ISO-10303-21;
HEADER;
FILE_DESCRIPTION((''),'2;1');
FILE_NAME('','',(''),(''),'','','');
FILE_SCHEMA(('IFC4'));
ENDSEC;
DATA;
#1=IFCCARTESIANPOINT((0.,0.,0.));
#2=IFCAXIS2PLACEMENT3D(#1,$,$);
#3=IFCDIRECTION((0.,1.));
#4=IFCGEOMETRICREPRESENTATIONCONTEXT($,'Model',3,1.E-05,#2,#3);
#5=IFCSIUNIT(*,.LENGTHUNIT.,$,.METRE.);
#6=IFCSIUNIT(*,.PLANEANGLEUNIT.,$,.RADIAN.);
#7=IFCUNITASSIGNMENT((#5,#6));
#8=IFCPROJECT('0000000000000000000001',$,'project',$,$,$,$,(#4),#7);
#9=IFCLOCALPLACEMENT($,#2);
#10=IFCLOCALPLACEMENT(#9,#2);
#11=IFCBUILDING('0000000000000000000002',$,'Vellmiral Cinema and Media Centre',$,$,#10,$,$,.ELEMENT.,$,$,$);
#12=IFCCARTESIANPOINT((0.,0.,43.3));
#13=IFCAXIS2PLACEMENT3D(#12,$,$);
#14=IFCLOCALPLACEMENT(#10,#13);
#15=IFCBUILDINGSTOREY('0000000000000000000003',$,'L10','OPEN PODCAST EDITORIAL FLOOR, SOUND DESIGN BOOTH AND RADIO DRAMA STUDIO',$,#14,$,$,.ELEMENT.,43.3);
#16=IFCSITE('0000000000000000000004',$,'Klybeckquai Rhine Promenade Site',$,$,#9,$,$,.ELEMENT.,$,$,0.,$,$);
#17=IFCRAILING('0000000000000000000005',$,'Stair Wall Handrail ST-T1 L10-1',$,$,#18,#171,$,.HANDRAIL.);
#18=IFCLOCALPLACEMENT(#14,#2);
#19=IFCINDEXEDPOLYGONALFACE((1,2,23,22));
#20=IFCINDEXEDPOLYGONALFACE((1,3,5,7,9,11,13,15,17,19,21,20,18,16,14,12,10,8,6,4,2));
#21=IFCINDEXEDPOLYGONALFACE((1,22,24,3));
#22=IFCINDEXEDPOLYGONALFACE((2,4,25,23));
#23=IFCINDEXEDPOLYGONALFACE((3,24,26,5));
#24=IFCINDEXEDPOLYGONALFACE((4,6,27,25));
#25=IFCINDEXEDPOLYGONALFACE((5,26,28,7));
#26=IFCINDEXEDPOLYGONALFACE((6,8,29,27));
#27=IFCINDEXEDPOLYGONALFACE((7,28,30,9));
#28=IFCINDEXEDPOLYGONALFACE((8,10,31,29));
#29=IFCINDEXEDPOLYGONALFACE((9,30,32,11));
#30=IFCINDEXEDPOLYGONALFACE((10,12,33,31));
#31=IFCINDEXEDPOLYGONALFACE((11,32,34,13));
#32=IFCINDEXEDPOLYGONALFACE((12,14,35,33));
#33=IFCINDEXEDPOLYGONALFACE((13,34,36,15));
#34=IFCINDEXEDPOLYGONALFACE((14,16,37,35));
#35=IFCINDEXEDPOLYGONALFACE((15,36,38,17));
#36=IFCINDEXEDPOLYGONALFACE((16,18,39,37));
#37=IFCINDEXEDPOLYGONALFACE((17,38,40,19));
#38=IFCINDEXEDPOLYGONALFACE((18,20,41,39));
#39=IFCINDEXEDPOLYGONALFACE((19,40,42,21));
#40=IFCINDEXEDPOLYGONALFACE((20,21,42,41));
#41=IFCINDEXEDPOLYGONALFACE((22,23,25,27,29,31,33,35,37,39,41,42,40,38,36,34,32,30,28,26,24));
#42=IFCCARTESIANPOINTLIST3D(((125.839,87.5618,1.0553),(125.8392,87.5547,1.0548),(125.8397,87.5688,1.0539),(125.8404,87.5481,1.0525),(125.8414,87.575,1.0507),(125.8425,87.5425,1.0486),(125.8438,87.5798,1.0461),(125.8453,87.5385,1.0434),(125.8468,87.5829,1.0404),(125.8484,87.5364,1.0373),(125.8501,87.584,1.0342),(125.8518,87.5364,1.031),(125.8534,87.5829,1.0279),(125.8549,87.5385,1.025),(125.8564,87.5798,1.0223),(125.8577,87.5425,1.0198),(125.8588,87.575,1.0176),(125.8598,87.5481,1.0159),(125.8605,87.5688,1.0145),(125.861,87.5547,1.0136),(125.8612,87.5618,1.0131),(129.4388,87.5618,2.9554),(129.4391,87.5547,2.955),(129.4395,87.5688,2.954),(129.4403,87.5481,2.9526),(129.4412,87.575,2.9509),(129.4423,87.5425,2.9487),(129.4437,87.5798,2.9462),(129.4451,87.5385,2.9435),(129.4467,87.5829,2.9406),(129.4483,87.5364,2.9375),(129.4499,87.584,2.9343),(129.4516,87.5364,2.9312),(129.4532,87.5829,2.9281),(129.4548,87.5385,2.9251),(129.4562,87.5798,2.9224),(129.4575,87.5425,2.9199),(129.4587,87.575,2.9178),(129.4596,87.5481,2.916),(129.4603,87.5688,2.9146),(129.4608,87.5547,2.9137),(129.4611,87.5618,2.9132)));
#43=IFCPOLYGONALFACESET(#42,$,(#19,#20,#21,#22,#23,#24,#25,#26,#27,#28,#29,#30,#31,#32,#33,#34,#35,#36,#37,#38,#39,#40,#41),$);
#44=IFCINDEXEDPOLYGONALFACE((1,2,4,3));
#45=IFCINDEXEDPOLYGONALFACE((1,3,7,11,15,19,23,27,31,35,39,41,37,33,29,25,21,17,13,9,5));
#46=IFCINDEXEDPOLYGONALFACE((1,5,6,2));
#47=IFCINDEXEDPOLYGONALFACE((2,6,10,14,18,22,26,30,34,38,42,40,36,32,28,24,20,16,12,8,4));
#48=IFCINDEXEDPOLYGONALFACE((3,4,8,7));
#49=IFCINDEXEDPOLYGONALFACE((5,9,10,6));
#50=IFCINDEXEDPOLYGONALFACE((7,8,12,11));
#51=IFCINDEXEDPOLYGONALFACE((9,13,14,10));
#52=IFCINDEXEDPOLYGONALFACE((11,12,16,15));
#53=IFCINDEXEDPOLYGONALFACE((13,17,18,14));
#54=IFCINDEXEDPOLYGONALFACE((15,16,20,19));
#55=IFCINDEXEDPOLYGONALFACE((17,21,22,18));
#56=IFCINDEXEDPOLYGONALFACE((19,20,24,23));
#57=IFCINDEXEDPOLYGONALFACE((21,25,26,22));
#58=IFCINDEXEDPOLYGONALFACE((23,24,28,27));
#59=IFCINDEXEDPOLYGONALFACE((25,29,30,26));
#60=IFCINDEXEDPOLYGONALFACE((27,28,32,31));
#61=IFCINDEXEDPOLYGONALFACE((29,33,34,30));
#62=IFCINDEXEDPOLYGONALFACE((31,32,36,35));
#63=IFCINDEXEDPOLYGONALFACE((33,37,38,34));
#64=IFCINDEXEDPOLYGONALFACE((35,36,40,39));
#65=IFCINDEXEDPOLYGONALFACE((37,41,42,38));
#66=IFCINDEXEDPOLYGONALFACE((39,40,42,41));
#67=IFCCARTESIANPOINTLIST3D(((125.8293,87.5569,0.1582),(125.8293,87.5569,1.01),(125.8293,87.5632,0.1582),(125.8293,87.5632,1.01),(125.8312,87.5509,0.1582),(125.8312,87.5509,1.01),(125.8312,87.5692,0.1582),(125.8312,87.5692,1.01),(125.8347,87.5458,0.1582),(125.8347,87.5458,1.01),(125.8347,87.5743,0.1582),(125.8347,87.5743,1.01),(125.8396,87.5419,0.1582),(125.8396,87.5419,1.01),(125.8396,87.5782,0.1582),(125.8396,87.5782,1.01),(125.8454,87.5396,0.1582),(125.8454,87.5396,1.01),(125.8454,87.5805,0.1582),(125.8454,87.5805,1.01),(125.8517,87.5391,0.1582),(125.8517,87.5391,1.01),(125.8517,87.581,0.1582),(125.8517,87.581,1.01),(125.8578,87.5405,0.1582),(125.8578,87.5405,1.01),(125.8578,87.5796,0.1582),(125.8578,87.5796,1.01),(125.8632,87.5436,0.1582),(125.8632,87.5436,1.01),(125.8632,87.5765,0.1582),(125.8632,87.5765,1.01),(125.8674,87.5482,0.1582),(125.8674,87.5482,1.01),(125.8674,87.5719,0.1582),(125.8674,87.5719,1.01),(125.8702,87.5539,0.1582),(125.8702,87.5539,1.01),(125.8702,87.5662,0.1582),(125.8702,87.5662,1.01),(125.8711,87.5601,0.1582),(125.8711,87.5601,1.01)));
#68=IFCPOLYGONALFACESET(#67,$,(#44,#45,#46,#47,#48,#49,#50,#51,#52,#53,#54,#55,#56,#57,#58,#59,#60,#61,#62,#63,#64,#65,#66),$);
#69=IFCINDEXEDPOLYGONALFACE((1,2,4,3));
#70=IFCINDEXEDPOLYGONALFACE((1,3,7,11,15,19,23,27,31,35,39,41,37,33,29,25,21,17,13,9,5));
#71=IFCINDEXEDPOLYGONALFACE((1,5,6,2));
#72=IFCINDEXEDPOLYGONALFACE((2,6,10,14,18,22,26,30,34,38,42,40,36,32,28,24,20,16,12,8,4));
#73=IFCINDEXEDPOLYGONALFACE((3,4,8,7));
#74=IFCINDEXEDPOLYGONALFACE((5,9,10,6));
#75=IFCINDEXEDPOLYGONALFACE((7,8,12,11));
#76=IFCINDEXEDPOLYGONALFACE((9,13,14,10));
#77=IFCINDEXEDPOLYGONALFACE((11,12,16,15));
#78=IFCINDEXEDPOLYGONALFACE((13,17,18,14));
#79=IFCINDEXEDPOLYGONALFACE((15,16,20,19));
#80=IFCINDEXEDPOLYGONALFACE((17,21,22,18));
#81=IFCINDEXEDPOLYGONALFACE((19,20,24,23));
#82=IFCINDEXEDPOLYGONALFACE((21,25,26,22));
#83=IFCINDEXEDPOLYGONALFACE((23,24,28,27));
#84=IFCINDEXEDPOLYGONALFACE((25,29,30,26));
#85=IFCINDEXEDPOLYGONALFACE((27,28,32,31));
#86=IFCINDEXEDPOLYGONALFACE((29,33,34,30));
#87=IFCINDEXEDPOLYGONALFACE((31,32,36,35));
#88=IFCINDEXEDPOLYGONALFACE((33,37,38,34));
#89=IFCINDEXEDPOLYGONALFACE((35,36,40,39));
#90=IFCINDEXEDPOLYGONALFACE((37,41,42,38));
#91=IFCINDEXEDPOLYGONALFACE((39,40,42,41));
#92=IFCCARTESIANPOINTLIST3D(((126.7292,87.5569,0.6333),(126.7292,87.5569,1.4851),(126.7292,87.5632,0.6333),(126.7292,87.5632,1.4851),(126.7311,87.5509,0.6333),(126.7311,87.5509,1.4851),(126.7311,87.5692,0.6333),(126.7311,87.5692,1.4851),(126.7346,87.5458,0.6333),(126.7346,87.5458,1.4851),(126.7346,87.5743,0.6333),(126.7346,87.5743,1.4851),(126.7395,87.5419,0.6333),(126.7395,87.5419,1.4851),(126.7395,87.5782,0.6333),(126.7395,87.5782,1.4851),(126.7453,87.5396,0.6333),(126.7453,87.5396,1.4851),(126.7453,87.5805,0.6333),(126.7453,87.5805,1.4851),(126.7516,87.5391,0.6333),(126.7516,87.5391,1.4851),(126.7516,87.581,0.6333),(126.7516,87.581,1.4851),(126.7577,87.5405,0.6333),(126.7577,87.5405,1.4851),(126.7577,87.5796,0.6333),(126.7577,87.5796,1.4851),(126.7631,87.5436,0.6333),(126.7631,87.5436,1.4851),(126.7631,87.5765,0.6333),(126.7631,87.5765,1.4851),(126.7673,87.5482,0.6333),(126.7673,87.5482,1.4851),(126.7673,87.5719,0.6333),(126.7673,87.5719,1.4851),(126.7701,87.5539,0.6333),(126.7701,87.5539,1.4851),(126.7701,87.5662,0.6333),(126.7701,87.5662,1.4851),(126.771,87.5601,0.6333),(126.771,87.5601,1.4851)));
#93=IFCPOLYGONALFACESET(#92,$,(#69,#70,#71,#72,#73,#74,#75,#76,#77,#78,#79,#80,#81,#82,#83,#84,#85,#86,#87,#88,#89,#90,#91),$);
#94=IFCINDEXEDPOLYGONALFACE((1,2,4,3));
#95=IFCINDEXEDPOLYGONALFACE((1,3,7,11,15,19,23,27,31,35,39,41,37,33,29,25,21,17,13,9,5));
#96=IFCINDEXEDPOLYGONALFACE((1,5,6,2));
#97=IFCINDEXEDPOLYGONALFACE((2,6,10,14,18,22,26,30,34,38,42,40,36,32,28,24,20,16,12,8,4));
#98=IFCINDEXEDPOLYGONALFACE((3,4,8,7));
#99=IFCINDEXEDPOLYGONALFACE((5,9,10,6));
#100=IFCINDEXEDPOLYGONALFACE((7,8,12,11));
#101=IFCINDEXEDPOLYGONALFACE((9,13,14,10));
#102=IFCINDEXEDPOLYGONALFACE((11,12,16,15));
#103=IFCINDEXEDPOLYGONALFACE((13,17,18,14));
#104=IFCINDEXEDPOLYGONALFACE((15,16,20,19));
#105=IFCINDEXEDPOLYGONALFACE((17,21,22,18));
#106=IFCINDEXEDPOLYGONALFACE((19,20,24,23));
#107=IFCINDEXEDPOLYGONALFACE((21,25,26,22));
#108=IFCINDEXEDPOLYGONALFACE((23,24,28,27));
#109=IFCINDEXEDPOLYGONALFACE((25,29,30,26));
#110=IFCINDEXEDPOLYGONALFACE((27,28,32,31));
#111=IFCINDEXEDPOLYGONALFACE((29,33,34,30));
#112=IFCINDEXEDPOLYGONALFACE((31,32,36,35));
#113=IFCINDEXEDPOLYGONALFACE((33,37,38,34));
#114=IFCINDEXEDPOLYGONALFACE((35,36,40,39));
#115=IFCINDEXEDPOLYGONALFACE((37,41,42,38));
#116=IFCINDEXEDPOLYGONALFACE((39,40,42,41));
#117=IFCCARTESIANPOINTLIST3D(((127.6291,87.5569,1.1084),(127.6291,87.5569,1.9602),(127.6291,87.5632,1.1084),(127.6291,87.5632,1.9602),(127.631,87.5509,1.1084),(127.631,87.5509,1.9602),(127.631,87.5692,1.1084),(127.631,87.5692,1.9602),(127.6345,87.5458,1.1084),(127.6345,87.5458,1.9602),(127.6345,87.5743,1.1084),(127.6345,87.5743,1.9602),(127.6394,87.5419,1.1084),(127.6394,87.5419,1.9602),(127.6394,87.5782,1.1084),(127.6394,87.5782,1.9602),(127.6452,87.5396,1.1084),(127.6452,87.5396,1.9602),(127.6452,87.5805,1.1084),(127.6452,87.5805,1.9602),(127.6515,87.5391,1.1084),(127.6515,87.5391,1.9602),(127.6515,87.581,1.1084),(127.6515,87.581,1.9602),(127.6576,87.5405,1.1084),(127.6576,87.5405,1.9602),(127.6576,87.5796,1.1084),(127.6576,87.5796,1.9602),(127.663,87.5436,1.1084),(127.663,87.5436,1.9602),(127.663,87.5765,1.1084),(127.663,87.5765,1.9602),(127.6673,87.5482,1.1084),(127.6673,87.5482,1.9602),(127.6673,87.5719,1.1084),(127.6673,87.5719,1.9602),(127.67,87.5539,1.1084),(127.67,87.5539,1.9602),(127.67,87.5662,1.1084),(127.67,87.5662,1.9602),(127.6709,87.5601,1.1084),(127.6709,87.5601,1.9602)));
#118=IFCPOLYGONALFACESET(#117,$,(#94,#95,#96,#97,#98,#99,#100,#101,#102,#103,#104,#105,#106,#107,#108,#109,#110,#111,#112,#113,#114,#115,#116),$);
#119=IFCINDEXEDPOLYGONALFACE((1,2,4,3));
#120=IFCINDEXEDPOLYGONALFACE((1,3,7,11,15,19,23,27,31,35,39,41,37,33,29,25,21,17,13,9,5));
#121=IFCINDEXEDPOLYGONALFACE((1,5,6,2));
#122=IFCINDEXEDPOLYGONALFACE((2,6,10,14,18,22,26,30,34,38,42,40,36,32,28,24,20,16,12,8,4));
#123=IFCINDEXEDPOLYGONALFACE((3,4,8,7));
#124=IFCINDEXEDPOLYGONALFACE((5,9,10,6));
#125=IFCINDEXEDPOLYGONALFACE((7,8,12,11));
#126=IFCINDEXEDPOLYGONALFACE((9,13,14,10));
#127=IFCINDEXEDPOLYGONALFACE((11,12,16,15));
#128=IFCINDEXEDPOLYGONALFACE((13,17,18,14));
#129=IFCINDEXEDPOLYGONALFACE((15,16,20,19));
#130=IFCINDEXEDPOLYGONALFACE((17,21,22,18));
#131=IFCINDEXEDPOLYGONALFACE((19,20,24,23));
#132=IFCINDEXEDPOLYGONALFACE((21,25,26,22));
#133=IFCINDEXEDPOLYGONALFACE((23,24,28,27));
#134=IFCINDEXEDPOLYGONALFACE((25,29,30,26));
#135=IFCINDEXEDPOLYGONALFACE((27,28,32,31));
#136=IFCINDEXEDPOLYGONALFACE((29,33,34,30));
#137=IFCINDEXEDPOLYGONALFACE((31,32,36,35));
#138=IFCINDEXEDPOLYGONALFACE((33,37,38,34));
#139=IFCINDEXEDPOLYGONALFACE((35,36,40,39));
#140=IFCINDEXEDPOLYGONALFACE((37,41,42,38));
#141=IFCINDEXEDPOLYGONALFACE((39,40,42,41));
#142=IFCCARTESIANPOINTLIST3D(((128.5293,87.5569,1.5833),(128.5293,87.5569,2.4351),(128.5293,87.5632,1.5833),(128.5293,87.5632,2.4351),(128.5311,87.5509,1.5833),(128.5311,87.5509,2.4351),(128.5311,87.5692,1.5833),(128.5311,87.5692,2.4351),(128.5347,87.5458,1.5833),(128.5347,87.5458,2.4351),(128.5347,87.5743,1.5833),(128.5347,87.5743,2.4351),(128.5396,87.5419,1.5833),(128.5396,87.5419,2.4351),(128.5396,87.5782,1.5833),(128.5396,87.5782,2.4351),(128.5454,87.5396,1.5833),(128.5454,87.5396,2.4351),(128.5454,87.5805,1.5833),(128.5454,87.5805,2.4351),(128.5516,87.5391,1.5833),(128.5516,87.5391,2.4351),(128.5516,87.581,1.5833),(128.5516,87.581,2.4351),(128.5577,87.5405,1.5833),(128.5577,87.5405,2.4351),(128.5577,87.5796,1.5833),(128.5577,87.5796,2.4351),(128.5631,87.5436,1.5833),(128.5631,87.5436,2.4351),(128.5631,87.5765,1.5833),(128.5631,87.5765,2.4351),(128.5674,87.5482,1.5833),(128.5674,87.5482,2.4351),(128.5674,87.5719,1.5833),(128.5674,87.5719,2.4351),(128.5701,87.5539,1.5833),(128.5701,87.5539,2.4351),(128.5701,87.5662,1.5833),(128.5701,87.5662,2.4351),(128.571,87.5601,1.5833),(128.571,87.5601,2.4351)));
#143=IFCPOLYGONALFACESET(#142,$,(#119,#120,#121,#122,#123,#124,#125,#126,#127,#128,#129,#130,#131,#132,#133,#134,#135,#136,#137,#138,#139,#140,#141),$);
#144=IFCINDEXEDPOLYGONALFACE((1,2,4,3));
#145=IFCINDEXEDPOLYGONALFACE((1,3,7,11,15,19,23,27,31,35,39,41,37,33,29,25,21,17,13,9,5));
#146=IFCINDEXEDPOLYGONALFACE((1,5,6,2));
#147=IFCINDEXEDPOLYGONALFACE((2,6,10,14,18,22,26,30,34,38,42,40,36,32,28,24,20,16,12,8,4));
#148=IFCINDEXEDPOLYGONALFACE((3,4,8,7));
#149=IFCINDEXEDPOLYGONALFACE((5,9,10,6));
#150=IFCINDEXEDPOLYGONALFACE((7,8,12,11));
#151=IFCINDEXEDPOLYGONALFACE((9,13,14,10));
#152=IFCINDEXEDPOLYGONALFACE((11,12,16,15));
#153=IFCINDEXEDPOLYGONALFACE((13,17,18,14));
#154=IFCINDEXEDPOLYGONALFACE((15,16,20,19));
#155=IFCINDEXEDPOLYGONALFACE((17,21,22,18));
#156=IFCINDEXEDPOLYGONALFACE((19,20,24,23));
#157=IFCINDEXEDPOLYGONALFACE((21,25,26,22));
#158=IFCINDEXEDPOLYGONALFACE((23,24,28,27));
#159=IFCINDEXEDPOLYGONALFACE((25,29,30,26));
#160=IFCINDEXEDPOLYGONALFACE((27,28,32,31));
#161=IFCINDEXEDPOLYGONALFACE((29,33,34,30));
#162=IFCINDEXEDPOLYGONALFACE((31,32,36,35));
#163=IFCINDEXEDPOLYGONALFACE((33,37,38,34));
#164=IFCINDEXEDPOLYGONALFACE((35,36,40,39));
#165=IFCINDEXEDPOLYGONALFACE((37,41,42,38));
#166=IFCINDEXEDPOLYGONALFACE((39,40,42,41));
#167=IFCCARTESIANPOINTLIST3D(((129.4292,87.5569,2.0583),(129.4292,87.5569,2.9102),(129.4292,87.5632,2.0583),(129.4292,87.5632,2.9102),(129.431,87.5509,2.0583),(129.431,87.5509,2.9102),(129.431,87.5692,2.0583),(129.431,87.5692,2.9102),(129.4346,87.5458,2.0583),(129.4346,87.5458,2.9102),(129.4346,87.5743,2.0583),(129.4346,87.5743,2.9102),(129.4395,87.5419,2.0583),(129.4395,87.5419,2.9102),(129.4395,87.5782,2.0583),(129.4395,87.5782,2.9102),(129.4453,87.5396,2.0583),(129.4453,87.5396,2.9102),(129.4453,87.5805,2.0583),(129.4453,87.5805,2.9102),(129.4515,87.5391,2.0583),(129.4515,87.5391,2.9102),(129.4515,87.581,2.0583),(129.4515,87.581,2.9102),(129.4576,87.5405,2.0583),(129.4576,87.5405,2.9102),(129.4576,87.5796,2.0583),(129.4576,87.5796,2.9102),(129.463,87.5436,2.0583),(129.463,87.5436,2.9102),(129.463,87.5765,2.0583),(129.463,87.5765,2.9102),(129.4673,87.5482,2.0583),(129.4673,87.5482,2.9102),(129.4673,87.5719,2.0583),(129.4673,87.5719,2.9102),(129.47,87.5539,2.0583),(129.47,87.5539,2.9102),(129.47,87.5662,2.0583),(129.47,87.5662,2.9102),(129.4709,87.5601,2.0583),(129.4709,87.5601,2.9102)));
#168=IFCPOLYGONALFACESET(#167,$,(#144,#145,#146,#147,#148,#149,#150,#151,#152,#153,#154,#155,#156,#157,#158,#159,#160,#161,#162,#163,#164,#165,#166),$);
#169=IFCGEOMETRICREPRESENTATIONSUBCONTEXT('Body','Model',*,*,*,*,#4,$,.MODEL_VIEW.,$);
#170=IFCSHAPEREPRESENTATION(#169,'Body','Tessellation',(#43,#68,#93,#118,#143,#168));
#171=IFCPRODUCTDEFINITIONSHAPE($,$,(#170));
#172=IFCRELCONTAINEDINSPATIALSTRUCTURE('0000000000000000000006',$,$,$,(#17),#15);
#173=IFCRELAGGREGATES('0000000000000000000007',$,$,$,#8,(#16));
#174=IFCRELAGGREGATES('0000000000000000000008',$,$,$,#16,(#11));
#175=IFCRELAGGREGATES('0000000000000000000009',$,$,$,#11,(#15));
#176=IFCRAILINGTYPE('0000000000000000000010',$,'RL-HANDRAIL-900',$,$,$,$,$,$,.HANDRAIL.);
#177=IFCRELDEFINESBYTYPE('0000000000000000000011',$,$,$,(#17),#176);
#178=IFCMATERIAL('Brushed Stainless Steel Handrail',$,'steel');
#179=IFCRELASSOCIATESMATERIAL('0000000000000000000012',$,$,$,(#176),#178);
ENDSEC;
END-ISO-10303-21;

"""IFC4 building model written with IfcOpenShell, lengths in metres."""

from ifc_helpers import new_model, si_unit, direction, frame, origin, origin_2d, place, context, subcontext, project, spatial, circle, extrude, material, type_object, element, save


model = new_model("IFC4")

# Units and contexts
model_context = context("Model", 3, precision=1e-05, world=origin(), true_north=direction((0.0, 1.0)))
body_context = subcontext(model_context, "Body", "Model", "MODEL_VIEW")
ifc_project = project(units=[si_unit("LENGTHUNIT", "METRE"), si_unit("PLANEANGLEUNIT", "RADIAN")], contexts=[model_context])

# Site, building, storey
site_placement = place(None, origin())
site = spatial("IfcSite", under=ifc_project, at=site_placement, Name="Klybeckquai Rhine Promenade Site", CompositionType="ELEMENT", RefElevation=0.0)
building_placement = place(site_placement, origin())
building = spatial("IfcBuilding", under=site, at=building_placement, Name="Vellmiral Cinema and Media Centre", CompositionType="ELEMENT")
storey_placement = place(building_placement, frame((0.0, 0.0, 43.3)))
storey = spatial("IfcBuildingStorey", under=building, at=storey_placement, Name="L10", Description="OPEN PODCAST EDITORIAL FLOOR, SOUND DESIGN BOOTH AND RADIO DRAMA STUDIO", CompositionType="ELEMENT", Elevation=43.3)

# Railing
ifc_material_1 = material(Name="Brushed Stainless Steel Handrail", Category="steel")
railing_type_1 = type_object("IfcRailingType", Name="RL-HANDRAIL-900", PredefinedType="HANDRAIL", material=ifc_material_1)
railing_1_placement = place(storey_placement, frame((125.8501, 87.5601, 0.1582)))
element("IfcRailing", 1, at=railing_1_placement, inside=storey, type_object=railing_type_1, Name="Stair Wall Handrail ST-T1 L10-1", PredefinedType="HANDRAIL", context=body_context, shape_type="SweptSolid", body=[
    extrude(circle(Radius=0.0239, at=origin_2d()), frame((0.0, 0.0, 0.876), z_axis=(0.884362, 0.0, 0.466802), x_axis=(0.0, 1.0, 0.0)), (0.0, 0.0, 1.0), 4.0706),
    extrude(circle(Radius=0.021, at=origin_2d()), origin(), (0.0, 0.0, 1.0), 0.8518),
    extrude(circle(Radius=0.021, at=origin_2d()), frame((0.8999, 0.0, 0.4751)), (0.0, 0.0, 1.0), 0.8518),
    extrude(circle(Radius=0.021, at=origin_2d()), frame((1.7998, 0.0, 0.9502)), (0.0, 0.0, 1.0), 0.8518),
    extrude(circle(Radius=0.021, at=origin_2d()), frame((2.7, 0.0, 1.425)), (0.0, 0.0, 1.0), 0.8518),
    extrude(circle(Radius=0.021, at=origin_2d()), frame((3.5999, 0.0, 1.9001)), (0.0, 0.0, 1.0), 0.8518),
])

save(model, "model.ifc")
